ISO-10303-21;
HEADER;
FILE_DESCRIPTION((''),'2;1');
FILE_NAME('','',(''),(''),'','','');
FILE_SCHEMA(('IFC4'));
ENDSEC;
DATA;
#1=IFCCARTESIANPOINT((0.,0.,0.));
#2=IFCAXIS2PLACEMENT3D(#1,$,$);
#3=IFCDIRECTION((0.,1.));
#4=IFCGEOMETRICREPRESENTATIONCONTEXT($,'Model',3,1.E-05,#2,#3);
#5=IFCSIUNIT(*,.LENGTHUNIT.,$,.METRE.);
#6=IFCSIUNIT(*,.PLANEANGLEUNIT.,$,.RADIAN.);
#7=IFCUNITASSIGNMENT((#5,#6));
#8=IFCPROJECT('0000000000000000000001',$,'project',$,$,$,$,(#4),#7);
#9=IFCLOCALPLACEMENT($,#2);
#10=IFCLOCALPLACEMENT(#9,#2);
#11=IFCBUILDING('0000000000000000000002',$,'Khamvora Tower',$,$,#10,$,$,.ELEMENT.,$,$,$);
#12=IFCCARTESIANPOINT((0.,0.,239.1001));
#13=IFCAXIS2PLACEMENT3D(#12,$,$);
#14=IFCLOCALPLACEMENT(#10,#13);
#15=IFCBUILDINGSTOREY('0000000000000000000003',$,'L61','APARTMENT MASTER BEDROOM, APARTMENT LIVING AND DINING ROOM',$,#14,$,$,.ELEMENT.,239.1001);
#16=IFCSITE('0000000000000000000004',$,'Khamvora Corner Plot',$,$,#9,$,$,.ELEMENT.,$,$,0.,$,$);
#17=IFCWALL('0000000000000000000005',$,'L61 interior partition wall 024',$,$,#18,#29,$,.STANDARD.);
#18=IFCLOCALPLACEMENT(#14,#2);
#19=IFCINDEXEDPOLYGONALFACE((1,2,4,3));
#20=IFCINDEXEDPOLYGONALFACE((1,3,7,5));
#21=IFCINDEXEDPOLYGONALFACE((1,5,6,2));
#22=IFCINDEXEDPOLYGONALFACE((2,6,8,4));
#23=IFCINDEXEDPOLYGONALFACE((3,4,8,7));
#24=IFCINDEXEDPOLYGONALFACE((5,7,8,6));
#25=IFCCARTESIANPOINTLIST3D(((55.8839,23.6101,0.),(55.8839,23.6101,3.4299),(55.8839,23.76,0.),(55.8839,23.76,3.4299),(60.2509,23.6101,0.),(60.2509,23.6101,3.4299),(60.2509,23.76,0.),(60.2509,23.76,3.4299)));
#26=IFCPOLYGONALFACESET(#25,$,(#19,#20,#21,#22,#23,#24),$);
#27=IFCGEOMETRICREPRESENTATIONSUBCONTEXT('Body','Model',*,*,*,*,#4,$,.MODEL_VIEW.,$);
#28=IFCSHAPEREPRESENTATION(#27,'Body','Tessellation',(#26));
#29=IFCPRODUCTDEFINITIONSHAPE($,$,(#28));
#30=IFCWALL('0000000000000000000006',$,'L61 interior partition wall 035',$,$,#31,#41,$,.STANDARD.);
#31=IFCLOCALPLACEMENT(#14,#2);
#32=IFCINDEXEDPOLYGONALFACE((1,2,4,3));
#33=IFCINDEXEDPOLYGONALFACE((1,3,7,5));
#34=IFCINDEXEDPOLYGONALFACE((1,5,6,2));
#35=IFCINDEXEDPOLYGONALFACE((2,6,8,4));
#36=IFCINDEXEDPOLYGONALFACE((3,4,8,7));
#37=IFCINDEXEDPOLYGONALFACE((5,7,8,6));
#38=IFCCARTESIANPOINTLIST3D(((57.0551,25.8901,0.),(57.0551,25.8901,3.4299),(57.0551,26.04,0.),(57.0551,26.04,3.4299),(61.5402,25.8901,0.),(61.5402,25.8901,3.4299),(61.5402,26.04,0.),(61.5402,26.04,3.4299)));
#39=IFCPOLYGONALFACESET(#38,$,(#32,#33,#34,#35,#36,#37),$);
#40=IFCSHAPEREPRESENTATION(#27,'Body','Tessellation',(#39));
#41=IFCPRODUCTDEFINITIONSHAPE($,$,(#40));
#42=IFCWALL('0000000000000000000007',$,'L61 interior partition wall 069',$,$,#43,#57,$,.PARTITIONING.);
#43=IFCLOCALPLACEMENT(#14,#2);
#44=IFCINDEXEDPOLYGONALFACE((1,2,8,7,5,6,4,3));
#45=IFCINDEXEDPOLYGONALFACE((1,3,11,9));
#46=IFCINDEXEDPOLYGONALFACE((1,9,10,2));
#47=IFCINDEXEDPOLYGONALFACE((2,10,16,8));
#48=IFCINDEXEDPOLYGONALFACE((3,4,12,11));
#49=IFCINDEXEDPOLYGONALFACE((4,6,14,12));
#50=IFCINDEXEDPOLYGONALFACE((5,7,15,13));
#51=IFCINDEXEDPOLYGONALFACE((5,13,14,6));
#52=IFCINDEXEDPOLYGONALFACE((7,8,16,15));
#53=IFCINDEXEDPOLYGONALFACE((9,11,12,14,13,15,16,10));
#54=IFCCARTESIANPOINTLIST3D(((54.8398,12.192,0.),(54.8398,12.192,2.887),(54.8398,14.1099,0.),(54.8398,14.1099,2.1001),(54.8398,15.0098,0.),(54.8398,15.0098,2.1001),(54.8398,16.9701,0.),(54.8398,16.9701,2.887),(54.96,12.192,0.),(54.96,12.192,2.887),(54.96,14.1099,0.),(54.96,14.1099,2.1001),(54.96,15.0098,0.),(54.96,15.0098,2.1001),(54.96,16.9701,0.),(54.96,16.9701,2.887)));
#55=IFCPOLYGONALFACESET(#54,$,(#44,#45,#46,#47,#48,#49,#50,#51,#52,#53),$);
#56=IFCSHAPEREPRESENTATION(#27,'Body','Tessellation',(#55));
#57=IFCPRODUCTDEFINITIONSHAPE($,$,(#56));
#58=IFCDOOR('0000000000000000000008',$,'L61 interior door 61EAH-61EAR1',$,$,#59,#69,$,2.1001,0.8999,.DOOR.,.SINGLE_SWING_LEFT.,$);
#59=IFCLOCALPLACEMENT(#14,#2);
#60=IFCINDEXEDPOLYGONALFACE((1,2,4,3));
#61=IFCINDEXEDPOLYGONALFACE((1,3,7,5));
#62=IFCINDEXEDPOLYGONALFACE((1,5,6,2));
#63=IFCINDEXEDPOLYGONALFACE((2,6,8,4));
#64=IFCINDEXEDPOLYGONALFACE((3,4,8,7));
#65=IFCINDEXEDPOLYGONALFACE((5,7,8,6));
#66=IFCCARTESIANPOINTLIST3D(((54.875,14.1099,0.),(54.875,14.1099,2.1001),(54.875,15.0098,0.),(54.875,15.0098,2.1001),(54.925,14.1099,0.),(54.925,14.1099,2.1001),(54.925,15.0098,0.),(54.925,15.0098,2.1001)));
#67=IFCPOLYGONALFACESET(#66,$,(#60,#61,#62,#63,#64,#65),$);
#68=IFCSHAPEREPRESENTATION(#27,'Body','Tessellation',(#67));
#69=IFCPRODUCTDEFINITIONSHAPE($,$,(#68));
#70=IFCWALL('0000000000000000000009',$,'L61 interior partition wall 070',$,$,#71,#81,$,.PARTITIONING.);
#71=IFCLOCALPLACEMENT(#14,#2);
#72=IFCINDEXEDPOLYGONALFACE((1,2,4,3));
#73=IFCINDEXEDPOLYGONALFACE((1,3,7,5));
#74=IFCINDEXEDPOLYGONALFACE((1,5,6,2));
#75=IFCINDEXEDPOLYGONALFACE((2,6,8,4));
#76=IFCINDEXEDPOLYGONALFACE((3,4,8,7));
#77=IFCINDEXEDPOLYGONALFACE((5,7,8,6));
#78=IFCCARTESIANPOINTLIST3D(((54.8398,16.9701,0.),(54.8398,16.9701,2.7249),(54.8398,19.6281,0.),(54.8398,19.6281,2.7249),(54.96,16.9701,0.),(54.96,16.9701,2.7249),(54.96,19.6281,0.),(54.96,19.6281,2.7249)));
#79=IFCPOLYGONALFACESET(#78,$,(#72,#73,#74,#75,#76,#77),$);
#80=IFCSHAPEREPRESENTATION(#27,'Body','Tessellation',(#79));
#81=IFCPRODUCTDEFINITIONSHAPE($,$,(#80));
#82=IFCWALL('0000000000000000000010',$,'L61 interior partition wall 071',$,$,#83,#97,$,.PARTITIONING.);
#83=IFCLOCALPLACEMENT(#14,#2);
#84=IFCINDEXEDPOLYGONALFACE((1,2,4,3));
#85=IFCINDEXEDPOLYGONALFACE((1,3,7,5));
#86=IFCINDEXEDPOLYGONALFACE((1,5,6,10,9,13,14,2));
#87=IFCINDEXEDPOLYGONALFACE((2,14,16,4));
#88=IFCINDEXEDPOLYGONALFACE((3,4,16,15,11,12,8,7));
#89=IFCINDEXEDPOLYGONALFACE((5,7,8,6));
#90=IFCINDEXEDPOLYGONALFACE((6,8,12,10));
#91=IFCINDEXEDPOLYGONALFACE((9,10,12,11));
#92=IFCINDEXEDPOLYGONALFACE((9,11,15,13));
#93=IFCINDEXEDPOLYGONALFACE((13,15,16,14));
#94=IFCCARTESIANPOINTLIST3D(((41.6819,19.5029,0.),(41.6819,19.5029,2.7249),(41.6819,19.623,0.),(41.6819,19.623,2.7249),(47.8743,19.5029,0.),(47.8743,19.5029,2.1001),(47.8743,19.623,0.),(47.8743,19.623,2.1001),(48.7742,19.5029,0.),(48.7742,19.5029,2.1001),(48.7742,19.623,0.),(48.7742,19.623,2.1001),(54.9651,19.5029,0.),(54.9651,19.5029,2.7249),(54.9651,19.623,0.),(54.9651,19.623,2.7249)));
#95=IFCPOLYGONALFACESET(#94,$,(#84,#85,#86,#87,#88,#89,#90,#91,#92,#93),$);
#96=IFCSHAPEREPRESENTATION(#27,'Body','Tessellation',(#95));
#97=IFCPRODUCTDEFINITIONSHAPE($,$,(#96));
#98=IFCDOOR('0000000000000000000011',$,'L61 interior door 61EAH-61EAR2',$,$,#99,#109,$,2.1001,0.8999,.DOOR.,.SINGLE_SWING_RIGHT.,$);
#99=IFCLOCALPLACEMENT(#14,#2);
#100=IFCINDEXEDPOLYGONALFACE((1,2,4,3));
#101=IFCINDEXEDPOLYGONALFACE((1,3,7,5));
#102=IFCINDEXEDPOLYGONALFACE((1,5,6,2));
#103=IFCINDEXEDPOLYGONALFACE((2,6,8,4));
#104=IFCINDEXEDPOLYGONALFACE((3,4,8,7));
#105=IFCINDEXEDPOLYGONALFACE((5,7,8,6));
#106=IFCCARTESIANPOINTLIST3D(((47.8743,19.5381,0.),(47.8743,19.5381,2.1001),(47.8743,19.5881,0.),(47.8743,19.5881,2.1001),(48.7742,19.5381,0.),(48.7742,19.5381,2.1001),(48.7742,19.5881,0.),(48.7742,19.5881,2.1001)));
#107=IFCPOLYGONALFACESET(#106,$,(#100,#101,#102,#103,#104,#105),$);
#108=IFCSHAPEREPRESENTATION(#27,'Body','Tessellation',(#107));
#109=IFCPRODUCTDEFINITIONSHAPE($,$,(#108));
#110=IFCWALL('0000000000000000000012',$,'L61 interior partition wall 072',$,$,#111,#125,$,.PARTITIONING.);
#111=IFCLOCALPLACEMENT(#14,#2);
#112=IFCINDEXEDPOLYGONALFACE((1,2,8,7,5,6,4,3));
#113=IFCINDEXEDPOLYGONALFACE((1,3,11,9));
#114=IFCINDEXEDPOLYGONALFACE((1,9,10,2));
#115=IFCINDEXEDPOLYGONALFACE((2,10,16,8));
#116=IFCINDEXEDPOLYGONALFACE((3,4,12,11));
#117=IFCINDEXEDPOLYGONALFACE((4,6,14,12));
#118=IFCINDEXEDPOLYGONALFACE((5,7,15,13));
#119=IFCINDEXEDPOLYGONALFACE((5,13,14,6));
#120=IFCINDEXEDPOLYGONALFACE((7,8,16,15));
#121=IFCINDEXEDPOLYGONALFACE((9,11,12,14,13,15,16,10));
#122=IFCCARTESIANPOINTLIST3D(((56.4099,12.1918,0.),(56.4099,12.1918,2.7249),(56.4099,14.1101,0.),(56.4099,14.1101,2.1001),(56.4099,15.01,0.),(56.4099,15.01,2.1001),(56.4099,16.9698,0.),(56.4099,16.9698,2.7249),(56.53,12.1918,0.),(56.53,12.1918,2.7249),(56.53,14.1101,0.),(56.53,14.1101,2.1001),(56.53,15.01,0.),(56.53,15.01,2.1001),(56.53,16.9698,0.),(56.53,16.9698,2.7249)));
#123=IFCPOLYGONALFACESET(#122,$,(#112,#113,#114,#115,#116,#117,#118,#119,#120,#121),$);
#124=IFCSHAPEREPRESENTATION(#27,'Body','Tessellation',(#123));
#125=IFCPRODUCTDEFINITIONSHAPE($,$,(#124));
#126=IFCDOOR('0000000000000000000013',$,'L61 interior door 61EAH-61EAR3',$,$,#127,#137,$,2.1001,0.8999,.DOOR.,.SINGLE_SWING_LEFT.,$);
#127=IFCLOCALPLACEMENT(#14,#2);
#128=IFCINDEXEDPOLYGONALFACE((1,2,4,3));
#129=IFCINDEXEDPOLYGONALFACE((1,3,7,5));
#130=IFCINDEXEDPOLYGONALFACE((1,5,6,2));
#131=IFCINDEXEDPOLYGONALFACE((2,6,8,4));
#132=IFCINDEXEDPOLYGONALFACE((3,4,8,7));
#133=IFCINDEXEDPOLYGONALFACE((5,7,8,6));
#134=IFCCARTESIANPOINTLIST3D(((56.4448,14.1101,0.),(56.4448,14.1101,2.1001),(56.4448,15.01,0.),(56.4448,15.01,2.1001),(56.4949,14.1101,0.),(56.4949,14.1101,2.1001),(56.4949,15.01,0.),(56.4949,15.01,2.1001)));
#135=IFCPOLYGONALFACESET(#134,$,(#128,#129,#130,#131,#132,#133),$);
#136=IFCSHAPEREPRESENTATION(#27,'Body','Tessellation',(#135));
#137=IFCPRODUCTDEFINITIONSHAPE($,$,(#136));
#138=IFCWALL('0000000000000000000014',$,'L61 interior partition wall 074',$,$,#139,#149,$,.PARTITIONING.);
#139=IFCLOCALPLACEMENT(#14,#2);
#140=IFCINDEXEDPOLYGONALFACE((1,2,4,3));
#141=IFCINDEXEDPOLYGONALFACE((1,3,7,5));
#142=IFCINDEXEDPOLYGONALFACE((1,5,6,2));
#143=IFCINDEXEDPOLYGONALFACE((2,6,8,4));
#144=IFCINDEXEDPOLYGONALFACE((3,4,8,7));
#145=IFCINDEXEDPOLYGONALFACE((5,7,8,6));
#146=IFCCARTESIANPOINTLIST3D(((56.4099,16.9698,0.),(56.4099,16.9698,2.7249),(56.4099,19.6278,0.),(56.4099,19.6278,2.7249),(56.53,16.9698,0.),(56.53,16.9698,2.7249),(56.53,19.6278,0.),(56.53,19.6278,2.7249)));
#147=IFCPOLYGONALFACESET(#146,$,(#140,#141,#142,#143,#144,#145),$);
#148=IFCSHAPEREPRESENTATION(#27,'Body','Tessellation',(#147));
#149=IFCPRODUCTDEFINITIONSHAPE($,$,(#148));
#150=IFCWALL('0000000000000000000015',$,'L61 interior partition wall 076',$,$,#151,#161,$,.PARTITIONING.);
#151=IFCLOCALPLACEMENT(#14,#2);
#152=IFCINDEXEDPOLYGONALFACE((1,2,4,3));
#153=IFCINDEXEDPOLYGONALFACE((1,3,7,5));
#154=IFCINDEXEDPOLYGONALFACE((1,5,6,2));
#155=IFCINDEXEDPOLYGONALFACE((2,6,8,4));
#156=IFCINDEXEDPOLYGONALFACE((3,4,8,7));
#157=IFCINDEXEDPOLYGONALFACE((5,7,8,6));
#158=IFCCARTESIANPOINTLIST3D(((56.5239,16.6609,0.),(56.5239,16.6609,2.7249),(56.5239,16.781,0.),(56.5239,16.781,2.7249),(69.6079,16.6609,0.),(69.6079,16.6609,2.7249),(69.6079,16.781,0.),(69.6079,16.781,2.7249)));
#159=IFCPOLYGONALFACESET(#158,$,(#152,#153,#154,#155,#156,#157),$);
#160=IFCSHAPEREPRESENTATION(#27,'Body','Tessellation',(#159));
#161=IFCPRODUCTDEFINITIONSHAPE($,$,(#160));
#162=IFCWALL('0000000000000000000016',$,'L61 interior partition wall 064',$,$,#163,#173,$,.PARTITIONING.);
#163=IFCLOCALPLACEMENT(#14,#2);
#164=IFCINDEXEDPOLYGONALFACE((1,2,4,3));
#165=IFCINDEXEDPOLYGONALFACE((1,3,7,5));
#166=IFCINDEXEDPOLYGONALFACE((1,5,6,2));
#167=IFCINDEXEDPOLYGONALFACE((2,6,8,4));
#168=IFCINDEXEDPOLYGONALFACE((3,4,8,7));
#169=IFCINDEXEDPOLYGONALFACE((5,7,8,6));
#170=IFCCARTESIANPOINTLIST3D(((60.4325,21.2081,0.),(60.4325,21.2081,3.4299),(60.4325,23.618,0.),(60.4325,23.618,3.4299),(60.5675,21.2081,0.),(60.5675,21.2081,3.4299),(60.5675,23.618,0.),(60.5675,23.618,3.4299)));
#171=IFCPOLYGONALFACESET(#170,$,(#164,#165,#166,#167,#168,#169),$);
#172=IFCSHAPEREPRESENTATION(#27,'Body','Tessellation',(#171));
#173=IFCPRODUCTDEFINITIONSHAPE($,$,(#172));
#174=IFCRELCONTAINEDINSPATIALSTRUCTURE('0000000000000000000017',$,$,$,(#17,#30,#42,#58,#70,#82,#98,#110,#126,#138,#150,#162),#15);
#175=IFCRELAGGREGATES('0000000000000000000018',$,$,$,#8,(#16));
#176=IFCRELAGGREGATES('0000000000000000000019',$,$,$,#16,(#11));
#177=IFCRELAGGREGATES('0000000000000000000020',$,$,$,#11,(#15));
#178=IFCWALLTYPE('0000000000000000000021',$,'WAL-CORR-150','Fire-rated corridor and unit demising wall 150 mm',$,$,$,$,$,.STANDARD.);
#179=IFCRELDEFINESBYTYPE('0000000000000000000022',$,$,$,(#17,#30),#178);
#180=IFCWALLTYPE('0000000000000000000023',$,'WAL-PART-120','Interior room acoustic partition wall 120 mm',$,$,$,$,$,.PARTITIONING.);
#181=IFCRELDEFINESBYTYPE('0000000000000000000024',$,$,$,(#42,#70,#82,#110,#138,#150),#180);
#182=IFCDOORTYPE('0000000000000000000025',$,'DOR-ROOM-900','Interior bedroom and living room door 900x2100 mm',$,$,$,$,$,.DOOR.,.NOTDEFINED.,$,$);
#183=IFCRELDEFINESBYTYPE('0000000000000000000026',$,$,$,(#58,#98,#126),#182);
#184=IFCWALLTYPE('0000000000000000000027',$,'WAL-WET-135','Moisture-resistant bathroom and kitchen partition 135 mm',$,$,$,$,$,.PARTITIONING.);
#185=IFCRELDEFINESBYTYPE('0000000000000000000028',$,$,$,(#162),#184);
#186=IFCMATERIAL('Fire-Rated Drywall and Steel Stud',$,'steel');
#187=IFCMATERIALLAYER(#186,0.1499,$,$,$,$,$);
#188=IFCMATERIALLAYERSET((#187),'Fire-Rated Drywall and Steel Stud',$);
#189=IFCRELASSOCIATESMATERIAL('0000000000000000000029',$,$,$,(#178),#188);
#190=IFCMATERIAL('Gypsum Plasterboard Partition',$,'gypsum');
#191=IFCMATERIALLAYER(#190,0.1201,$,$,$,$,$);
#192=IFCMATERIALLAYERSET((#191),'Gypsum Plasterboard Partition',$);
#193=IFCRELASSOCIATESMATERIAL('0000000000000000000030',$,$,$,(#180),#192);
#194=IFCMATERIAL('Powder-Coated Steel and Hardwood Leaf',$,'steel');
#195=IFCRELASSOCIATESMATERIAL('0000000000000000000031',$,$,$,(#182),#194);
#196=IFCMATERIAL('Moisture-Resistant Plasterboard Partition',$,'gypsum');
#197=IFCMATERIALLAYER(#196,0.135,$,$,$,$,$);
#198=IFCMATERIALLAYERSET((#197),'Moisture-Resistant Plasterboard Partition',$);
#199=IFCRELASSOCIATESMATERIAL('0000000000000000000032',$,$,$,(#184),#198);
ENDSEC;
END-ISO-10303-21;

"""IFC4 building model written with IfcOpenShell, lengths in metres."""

from ifc_helpers import new_model, si_unit, direction, frame, frame_2d, origin, place, context, subcontext, project, spatial, rectangle, extrude, material, layer, layer_set, type_object, element, fill, save


model = new_model("IFC4")

# Units and contexts
model_context = context("Model", 3, precision=1e-05, world=origin(), true_north=direction((0.0, 1.0)))
body_context = subcontext(model_context, "Body", "Model", "MODEL_VIEW")
ifc_project = project(units=[si_unit("LENGTHUNIT", "METRE"), si_unit("PLANEANGLEUNIT", "RADIAN")], contexts=[model_context])

# Site, building, storey
site_placement = place(None, origin())
site = spatial("IfcSite", under=ifc_project, at=site_placement, Name="Khamvora Corner Plot", CompositionType="ELEMENT", RefElevation=0.0)
building_placement = place(site_placement, origin())
building = spatial("IfcBuilding", under=site, at=building_placement, Name="Khamvora Tower", CompositionType="ELEMENT")
storey_placement = place(building_placement, frame((0.0, 0.0, 239.1001)))
storey = spatial("IfcBuildingStorey", under=building, at=storey_placement, Name="L61", Description="APARTMENT MASTER BEDROOM, APARTMENT LIVING AND DINING ROOM", CompositionType="ELEMENT", Elevation=239.1001)

# Shared definitions
ifc_material_1 = material(Name="Fire-Rated Drywall and Steel Stud", Category="steel")
ifc_layer_1 = layer(ifc_material_1, 0.1499)
ifc_layer_set_1 = layer_set([ifc_layer_1], Name="Fire-Rated Drywall and Steel Stud")
wall_type_1 = type_object("IfcWallType", Name="WAL-CORR-150", Description="Fire-rated corridor and unit demising wall 150 mm", PredefinedType="STANDARD", material=ifc_layer_set_1)
ifc_material_2 = material(Name="Powder-Coated Steel and Hardwood Leaf", Category="steel")

# Walls
wall_1_placement = place(storey_placement, frame((60.251, 23.6851, 0.0), z_axis=(0.0, 0.0, 1.0), x_axis=(-1.0, 0.0, 0.0)))
element("IfcWall", 1, at=wall_1_placement, inside=storey, type_object=wall_type_1, Name="L61 interior partition wall 024", PredefinedType="STANDARD", context=body_context, shape_type="SweptSolid", body=[
    extrude(rectangle(XDim=4.3669, YDim=0.1499, at=frame_2d((2.1836, 0.0))), origin(), (0.0, 0.0, 1.0), 3.4299),
])
wall_2_placement = place(storey_placement, frame((57.0549, 25.9651, 0.0), z_axis=(0.0, 0.0, 1.0), x_axis=(1.0, 0.0, 0.0)))
element("IfcWall", 2, at=wall_2_placement, inside=storey, type_object=wall_type_1, Name="L61 interior partition wall 035", PredefinedType="STANDARD", context=body_context, shape_type="SweptSolid", body=[
    extrude(rectangle(XDim=4.4851, YDim=0.1499, at=frame_2d((2.2427, 0.0))), origin(), (0.0, 0.0, 1.0), 3.4299),
])

# Wall, opening, door
ifc_material_3 = material(Name="Gypsum Plasterboard Partition", Category="gypsum")
ifc_layer_2 = layer(ifc_material_3, 0.1201)
ifc_layer_set_2 = layer_set([ifc_layer_2], Name="Gypsum Plasterboard Partition")
wall_type_2 = type_object("IfcWallType", Name="WAL-PART-120", Description="Interior room acoustic partition wall 120 mm", PredefinedType="PARTITIONING", material=ifc_layer_set_2)
wall_3_placement = place(storey_placement, frame((54.8999, 12.1919, 0.0), z_axis=(0.0, 0.0, 1.0), x_axis=(0.0, 1.0, 0.0)))
wall_3 = element("IfcWall", 3, at=wall_3_placement, inside=storey, type_object=wall_type_2, Name="L61 interior partition wall 069", PredefinedType="PARTITIONING", context=body_context, shape_type="SweptSolid", body=[
    extrude(rectangle(XDim=4.7781, YDim=0.1201, at=frame_2d((2.3892, 0.0))), origin(), (0.0, 0.0, 1.0), 2.887),
])
opening_1_placement = place(wall_3_placement, frame((1.918, 0.0, 0.0)))
opening_1 = element("IfcOpeningElement", 4, at=opening_1_placement, cuts=wall_3, PredefinedType="OPENING", context=body_context, shape_type="SweptSolid", body=[
    extrude(rectangle(XDim=0.8999, YDim=2.1001, at=frame_2d((0.45, 1.05))), frame((0.0, 0.0701, 0.0), z_axis=(0.0, -1.0, 0.0), x_axis=(1.0, 0.0, 0.0)), (0.0, 0.0, 1.0), 0.1401),
])
door_type_1 = type_object("IfcDoorType", Name="DOR-ROOM-900", Description="Interior bedroom and living room door 900x2100 mm", OperationType="NOTDEFINED", PredefinedType="DOOR", material=ifc_material_2)
door_1_placement = place(opening_1_placement, origin())
door_1 = element("IfcDoor", 5, at=door_1_placement, inside=storey, type_object=door_type_1, Name="L61 interior door 61EAH-61EAR1", OperationType="SINGLE_SWING_LEFT", OverallHeight=2.1001, OverallWidth=0.8999, PredefinedType="DOOR", context=body_context, shape_type="SweptSolid", body=[
    extrude(rectangle(XDim=0.8999, YDim=2.1001, at=frame_2d((0.45, 1.05))), frame((0.0, 0.0249, 0.0), z_axis=(0.0, -1.0, 0.0), x_axis=(1.0, 0.0, 0.0)), (0.0, 0.0, 1.0), 0.05),
])
fill(opening_1, door_1)

# Wall
wall_4_placement = place(storey_placement, frame((54.8999, 16.97, 0.0), z_axis=(0.0, 0.0, 1.0), x_axis=(0.0, 1.0, 0.0)))
element("IfcWall", 6, at=wall_4_placement, inside=storey, type_object=wall_type_2, Name="L61 interior partition wall 070", PredefinedType="PARTITIONING", context=body_context, shape_type="SweptSolid", body=[
    extrude(rectangle(XDim=2.658, YDim=0.1201, at=frame_2d((1.3291, 0.0))), origin(), (0.0, 0.0, 1.0), 2.7249),
])

# Walls, openings, doors
wall_5_placement = place(storey_placement, frame((54.9651, 19.563, 0.0), z_axis=(0.0, 0.0, 1.0), x_axis=(-1.0, 0.0, 0.0)))
wall_5 = element("IfcWall", 7, at=wall_5_placement, inside=storey, type_object=wall_type_2, Name="L61 interior partition wall 071", PredefinedType="PARTITIONING", context=body_context, shape_type="SweptSolid", body=[
    extrude(rectangle(XDim=13.2832, YDim=0.1201, at=frame_2d((6.6416, 0.0))), origin(), (0.0, 0.0, 1.0), 2.7249),
])
opening_2_placement = place(wall_5_placement, frame((6.1909, 0.0, 0.0)))
opening_2 = element("IfcOpeningElement", 8, at=opening_2_placement, cuts=wall_5, PredefinedType="OPENING", context=body_context, shape_type="SweptSolid", body=[
    extrude(rectangle(XDim=0.8999, YDim=2.1001, at=frame_2d((0.45, 1.05))), frame((0.0, 0.0701, 0.0), z_axis=(0.0, -1.0, 0.0), x_axis=(1.0, 0.0, 0.0)), (0.0, 0.0, 1.0), 0.1401),
])
door_2_placement = place(opening_2_placement, origin())
door_2 = element("IfcDoor", 9, at=door_2_placement, inside=storey, type_object=door_type_1, Name="L61 interior door 61EAH-61EAR2", OperationType="SINGLE_SWING_RIGHT", OverallHeight=2.1001, OverallWidth=0.8999, PredefinedType="DOOR", context=body_context, shape_type="SweptSolid", body=[
    extrude(rectangle(XDim=0.8999, YDim=2.1001, at=frame_2d((0.45, 1.05))), frame((0.0, 0.0249, 0.0), z_axis=(0.0, -1.0, 0.0), x_axis=(1.0, 0.0, 0.0)), (0.0, 0.0, 1.0), 0.05),
])
fill(opening_2, door_2)
wall_6_placement = place(storey_placement, frame((56.47, 16.97, 0.0), z_axis=(0.0, 0.0, 1.0), x_axis=(0.0, -1.0, 0.0)))
wall_6 = element("IfcWall", 10, at=wall_6_placement, inside=storey, type_object=wall_type_2, Name="L61 interior partition wall 072", PredefinedType="PARTITIONING", context=body_context, shape_type="SweptSolid", body=[
    extrude(rectangle(XDim=4.7781, YDim=0.1201, at=frame_2d((2.3892, 0.0))), origin(), (0.0, 0.0, 1.0), 2.7249),
])
opening_3_placement = place(wall_6_placement, frame((1.96, 0.0, 0.0)))
opening_3 = element("IfcOpeningElement", 11, at=opening_3_placement, cuts=wall_6, PredefinedType="OPENING", context=body_context, shape_type="SweptSolid", body=[
    extrude(rectangle(XDim=0.8999, YDim=2.1001, at=frame_2d((0.45, 1.05))), frame((0.0, 0.0701, 0.0), z_axis=(0.0, -1.0, 0.0), x_axis=(1.0, 0.0, 0.0)), (0.0, 0.0, 1.0), 0.1401),
])
door_3_placement = place(opening_3_placement, origin())
door_3 = element("IfcDoor", 12, at=door_3_placement, inside=storey, type_object=door_type_1, Name="L61 interior door 61EAH-61EAR3", OperationType="SINGLE_SWING_LEFT", OverallHeight=2.1001, OverallWidth=0.8999, PredefinedType="DOOR", context=body_context, shape_type="SweptSolid", body=[
    extrude(rectangle(XDim=0.8999, YDim=2.1001, at=frame_2d((0.45, 1.05))), frame((0.0, 0.0249, 0.0), z_axis=(0.0, -1.0, 0.0), x_axis=(1.0, 0.0, 0.0)), (0.0, 0.0, 1.0), 0.05),
])
fill(opening_3, door_3)

# Walls
wall_7_placement = place(storey_placement, frame((56.47, 19.6279, 0.0), z_axis=(0.0, 0.0, 1.0), x_axis=(0.0, -1.0, 0.0)))
element("IfcWall", 13, at=wall_7_placement, inside=storey, type_object=wall_type_2, Name="L61 interior partition wall 074", PredefinedType="PARTITIONING", context=body_context, shape_type="SweptSolid", body=[
    extrude(rectangle(XDim=2.658, YDim=0.1201, at=frame_2d((1.3291, 0.0))), origin(), (0.0, 0.0, 1.0), 2.7249),
])
wall_8_placement = place(storey_placement, frame((56.5239, 16.7209, 0.0), z_axis=(0.0, 0.0, 1.0), x_axis=(1.0, 0.0, 0.0)))
element("IfcWall", 14, at=wall_8_placement, inside=storey, type_object=wall_type_2, Name="L61 interior partition wall 076", PredefinedType="PARTITIONING", context=body_context, shape_type="SweptSolid", body=[
    extrude(rectangle(XDim=13.084, YDim=0.1201, at=frame_2d((6.542, 0.0))), origin(), (0.0, 0.0, 1.0), 2.7249),
])
ifc_material_4 = material(Name="Moisture-Resistant Plasterboard Partition", Category="gypsum")
ifc_layer_3 = layer(ifc_material_4, 0.135)
ifc_layer_set_3 = layer_set([ifc_layer_3], Name="Moisture-Resistant Plasterboard Partition")
wall_type_3 = type_object("IfcWallType", Name="WAL-WET-135", Description="Moisture-resistant bathroom and kitchen partition 135 mm", PredefinedType="PARTITIONING", material=ifc_layer_set_3)
wall_9_placement = place(storey_placement, frame((60.5, 21.208, 0.0), z_axis=(0.0, 0.0, 1.0), x_axis=(0.0, 1.0, 0.0)))
element("IfcWall", 15, at=wall_9_placement, inside=storey, type_object=wall_type_3, Name="L61 interior partition wall 064", PredefinedType="PARTITIONING", context=body_context, shape_type="SweptSolid", body=[
    extrude(rectangle(XDim=2.4099, YDim=0.135, at=frame_2d((1.2051, 0.0))), origin(), (0.0, 0.0, 1.0), 3.4299),
])

save(model, "model.ifc")
